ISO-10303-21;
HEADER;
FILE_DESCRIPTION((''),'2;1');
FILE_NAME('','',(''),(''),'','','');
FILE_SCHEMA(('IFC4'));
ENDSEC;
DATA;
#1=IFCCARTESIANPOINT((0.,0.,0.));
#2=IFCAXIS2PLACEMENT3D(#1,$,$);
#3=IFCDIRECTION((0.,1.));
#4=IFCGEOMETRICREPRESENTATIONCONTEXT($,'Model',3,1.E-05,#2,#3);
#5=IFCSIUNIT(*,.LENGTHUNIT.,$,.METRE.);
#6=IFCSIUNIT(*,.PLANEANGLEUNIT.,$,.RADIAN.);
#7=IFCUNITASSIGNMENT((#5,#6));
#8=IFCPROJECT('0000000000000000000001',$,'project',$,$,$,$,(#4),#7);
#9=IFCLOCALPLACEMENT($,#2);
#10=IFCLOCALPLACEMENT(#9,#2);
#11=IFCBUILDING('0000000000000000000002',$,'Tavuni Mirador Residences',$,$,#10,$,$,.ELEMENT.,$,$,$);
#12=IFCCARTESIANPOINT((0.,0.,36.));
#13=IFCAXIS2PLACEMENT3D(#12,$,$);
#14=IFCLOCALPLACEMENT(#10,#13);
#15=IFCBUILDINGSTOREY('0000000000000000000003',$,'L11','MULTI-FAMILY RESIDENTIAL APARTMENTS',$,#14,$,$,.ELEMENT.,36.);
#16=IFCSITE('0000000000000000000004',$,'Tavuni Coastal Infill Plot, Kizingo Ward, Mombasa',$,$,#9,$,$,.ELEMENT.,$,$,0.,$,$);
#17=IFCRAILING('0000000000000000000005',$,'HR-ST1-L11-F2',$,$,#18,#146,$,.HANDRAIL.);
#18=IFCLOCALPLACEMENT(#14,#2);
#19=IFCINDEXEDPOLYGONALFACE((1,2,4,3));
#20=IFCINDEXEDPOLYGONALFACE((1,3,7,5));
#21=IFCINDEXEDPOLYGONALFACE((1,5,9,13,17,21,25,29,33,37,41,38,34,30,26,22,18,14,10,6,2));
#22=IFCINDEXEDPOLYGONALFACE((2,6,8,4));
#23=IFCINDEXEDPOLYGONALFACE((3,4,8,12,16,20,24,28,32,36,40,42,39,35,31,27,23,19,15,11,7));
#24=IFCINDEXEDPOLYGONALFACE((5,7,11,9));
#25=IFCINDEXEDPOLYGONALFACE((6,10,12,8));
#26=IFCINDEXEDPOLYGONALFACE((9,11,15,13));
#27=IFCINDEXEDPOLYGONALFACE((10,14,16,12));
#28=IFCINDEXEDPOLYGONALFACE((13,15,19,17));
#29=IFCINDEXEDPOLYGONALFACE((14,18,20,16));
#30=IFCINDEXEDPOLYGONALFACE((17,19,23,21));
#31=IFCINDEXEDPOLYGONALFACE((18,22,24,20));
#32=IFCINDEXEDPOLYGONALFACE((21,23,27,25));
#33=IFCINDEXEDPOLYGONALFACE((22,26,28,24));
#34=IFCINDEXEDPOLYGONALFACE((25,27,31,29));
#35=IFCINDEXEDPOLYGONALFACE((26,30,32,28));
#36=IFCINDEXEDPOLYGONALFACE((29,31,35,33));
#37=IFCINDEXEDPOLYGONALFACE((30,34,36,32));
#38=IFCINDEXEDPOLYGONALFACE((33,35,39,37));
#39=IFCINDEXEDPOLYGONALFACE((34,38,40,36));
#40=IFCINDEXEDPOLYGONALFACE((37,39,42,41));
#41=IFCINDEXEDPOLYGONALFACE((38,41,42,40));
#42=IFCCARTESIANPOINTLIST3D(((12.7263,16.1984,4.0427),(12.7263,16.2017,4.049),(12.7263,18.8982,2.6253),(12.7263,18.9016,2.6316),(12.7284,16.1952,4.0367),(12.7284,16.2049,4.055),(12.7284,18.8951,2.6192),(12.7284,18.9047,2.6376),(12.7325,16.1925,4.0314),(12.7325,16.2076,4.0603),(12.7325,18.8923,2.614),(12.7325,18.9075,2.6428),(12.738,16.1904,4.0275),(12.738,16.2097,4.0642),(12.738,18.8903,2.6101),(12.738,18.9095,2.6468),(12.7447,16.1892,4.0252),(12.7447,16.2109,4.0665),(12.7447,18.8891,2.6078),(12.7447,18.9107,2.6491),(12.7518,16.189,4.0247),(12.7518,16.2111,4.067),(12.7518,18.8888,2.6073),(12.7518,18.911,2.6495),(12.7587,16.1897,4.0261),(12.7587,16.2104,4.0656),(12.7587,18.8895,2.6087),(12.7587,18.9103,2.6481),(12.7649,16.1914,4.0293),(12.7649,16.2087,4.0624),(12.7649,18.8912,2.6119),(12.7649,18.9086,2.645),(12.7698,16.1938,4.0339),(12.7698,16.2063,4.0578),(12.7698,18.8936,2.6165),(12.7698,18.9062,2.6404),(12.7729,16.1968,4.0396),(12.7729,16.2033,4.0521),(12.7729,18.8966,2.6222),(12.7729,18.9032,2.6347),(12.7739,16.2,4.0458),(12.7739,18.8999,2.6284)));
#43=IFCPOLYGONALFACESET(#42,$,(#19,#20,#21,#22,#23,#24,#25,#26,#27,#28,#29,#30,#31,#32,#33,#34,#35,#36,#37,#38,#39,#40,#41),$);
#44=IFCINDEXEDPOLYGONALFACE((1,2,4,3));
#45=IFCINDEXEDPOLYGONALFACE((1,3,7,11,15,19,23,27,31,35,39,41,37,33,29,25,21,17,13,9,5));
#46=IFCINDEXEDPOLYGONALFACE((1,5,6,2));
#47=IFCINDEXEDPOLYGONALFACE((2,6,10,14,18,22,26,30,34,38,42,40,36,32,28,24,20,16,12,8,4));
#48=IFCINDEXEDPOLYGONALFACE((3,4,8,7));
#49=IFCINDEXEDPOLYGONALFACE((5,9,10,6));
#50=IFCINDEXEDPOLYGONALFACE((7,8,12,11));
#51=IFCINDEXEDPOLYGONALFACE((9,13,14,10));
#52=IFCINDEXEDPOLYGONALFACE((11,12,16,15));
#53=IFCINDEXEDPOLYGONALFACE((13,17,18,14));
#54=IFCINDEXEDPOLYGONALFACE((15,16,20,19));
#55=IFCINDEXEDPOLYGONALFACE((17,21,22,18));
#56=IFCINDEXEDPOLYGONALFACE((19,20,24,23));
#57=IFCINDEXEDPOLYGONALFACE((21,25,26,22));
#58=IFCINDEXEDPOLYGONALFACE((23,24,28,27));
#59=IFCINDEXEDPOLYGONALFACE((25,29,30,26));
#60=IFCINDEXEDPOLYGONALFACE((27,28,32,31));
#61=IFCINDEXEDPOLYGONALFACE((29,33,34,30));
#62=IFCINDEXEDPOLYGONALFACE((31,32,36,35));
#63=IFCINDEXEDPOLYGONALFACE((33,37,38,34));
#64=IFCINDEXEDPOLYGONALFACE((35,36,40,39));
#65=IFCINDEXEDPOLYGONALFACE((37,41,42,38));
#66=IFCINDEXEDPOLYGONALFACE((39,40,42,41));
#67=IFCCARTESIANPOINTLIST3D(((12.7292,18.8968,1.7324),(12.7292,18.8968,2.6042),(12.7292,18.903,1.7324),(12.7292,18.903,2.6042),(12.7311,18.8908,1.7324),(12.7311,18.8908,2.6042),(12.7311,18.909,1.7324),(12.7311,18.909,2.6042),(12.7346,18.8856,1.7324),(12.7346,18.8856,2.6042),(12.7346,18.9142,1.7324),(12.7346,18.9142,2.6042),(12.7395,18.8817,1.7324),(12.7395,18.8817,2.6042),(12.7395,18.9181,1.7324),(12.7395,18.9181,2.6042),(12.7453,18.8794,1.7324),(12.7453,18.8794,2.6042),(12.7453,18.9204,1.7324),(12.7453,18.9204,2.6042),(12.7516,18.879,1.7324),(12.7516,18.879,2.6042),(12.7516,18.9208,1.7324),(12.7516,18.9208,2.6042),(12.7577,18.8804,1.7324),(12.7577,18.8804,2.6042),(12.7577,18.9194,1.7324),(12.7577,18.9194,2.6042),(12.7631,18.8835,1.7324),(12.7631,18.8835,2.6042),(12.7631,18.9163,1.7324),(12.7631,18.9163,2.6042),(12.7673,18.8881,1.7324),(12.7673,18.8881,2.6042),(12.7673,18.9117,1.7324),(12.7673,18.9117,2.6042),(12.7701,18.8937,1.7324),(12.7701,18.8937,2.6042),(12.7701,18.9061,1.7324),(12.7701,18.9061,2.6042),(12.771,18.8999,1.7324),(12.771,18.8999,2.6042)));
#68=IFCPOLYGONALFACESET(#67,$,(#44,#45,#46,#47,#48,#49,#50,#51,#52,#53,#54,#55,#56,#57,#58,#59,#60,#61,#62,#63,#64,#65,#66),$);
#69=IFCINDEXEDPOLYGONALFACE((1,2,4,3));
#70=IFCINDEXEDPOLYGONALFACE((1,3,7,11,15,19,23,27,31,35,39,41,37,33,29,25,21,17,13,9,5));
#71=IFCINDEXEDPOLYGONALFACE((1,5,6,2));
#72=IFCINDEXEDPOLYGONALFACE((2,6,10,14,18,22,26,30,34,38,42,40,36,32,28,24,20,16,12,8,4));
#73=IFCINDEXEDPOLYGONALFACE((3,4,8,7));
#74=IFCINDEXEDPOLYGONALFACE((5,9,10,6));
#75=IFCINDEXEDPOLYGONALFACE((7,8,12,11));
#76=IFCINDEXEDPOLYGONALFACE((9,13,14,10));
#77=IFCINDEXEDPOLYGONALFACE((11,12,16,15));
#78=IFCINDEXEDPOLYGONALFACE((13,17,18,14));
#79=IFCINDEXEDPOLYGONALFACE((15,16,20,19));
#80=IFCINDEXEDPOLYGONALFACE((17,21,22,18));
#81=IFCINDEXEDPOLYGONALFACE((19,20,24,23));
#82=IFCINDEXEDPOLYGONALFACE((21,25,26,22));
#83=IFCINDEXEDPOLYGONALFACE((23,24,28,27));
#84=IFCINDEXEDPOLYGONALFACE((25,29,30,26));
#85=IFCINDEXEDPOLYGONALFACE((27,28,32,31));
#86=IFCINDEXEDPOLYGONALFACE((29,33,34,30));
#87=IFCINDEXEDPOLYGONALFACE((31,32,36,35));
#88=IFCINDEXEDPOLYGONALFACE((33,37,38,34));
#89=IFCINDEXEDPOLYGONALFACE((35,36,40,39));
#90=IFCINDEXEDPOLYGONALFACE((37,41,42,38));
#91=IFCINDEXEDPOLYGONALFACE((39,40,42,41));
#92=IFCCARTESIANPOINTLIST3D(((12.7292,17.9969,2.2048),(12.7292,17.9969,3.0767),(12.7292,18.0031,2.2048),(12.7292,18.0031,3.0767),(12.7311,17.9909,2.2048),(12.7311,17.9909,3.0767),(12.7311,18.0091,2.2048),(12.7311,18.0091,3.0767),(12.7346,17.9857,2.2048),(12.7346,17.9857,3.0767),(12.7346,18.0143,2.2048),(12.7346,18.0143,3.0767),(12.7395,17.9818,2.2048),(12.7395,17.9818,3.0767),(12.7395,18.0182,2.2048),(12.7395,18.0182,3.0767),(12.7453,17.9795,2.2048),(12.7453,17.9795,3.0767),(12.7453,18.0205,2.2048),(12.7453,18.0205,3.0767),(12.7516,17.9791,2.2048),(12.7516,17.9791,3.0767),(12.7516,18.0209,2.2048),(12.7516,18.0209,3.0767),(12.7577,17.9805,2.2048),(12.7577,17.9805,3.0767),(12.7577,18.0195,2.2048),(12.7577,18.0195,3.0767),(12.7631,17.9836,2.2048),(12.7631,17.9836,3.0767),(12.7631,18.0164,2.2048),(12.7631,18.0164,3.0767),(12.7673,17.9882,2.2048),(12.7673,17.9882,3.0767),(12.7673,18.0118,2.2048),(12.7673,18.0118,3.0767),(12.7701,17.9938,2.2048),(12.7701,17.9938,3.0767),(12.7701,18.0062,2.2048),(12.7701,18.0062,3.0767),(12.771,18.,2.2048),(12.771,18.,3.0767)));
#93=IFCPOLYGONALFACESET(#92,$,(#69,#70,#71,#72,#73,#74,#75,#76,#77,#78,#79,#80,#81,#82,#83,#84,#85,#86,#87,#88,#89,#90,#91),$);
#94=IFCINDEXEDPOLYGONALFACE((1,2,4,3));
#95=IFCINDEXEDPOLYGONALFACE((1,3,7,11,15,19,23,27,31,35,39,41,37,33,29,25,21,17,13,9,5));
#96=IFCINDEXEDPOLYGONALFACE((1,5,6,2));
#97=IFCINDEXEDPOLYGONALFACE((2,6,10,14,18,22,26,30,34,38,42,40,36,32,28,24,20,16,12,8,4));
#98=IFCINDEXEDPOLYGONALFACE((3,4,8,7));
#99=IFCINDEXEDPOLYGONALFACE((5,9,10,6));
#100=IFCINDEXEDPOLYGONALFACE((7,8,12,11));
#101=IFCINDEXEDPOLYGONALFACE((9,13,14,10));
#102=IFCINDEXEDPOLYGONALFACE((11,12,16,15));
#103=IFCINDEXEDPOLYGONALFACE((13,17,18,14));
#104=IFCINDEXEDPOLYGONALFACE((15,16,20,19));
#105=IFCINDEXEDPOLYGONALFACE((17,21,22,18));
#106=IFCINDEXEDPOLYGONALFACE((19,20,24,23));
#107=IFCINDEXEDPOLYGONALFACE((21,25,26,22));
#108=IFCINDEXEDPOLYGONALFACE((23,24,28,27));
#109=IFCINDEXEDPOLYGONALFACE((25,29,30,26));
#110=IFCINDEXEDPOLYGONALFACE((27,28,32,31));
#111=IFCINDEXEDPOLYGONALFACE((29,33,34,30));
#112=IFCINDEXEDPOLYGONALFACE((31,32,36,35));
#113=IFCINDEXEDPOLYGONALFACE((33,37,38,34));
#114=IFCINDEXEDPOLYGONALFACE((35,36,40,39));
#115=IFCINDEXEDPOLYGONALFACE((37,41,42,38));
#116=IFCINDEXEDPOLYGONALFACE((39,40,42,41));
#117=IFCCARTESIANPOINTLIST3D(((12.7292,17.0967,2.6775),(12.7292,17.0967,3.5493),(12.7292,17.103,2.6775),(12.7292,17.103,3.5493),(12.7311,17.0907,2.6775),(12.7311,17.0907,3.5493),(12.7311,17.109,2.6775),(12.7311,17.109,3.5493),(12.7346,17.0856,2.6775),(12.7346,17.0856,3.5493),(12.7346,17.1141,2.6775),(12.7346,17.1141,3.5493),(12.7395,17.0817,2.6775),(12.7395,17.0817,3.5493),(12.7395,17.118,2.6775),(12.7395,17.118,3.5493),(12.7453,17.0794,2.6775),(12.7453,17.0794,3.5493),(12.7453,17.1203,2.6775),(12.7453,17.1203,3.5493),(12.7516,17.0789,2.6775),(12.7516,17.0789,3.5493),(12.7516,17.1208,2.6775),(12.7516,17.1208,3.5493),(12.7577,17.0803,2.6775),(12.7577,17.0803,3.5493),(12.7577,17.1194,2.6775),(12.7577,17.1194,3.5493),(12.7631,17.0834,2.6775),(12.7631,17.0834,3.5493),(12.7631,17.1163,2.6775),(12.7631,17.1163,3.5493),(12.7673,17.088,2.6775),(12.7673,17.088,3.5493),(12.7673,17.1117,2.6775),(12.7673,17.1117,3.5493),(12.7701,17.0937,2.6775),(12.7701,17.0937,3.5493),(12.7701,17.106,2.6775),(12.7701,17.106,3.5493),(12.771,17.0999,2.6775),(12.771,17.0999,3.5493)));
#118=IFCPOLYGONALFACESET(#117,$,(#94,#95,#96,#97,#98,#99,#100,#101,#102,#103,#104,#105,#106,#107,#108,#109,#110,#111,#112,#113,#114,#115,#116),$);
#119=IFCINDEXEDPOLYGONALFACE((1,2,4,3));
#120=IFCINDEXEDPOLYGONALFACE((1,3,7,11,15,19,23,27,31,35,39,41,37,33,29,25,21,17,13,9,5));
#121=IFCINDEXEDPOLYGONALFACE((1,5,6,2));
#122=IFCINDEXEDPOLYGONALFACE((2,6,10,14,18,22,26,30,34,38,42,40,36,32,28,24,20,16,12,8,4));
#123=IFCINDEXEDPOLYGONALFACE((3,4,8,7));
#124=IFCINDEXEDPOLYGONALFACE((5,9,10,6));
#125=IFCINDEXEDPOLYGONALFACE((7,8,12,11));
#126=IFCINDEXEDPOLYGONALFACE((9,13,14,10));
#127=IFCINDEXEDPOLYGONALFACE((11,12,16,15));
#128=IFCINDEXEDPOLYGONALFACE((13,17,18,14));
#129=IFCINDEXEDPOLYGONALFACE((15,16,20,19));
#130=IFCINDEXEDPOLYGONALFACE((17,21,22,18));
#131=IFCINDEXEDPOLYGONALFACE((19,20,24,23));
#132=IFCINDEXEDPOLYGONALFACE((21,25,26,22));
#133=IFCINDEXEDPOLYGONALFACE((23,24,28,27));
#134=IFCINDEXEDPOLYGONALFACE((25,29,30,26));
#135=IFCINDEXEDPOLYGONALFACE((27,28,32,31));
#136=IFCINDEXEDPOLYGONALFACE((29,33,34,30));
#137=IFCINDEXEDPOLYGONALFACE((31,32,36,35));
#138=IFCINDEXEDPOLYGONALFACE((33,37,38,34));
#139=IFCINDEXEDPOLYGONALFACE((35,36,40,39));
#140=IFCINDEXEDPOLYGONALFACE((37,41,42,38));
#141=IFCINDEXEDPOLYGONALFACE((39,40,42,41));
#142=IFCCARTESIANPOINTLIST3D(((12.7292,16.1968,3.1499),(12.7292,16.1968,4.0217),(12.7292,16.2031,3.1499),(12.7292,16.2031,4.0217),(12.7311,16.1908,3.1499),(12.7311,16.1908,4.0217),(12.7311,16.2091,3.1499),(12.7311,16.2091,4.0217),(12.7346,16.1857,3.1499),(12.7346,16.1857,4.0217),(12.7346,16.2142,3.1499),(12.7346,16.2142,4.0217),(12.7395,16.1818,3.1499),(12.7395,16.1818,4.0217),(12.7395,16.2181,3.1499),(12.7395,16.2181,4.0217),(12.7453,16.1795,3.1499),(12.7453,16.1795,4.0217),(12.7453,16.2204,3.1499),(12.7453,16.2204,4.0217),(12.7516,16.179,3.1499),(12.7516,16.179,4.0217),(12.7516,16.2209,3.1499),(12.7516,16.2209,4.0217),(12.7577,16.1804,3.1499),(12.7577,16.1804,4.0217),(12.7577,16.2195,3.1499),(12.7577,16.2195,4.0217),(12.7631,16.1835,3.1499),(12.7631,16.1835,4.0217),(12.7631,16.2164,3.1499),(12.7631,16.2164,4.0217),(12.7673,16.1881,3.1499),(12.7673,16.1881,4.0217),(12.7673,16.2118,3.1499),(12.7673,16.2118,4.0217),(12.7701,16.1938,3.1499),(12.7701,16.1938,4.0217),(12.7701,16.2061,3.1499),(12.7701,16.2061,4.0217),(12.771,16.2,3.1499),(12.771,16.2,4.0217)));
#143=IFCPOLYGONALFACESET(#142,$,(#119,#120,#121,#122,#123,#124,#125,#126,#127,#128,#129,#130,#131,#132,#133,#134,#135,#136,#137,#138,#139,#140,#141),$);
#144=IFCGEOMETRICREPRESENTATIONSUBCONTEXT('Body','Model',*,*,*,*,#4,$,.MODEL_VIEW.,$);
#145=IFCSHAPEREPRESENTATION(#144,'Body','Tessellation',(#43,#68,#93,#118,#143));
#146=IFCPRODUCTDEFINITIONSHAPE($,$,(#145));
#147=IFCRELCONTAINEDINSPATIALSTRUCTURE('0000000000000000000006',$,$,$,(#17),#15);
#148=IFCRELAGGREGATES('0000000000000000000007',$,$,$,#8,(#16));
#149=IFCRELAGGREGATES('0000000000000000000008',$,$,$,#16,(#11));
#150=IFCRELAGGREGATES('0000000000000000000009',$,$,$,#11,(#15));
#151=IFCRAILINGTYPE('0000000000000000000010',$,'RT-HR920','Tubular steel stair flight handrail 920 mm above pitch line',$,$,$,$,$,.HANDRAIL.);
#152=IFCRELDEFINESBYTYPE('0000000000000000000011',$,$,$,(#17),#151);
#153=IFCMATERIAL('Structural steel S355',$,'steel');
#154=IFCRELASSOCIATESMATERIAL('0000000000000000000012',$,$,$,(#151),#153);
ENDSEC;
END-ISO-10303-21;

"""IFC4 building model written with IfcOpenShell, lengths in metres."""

from ifc_helpers import new_model, si_unit, direction, frame, origin, origin_2d, place, context, subcontext, project, spatial, circle, extrude, material, type_object, element, save


model = new_model("IFC4")

# Units and contexts
model_context = context("Model", 3, precision=1e-05, world=origin(), true_north=direction((0.0, 1.0)))
body_context = subcontext(model_context, "Body", "Model", "MODEL_VIEW")
ifc_project = project(units=[si_unit("LENGTHUNIT", "METRE"), si_unit("PLANEANGLEUNIT", "RADIAN")], contexts=[model_context])

# Site, building, storey
site_placement = place(None, origin())
site = spatial("IfcSite", under=ifc_project, at=site_placement, Name="Tavuni Coastal Infill Plot, Kizingo Ward, Mombasa", CompositionType="ELEMENT", RefElevation=0.0)
building_placement = place(site_placement, origin())
building = spatial("IfcBuilding", under=site, at=building_placement, Name="Tavuni Mirador Residences", CompositionType="ELEMENT")
storey_placement = place(building_placement, frame((0.0, 0.0, 36.0)))
storey = spatial("IfcBuildingStorey", under=building, at=storey_placement, Name="L11", Description="MULTI-FAMILY RESIDENTIAL APARTMENTS", CompositionType="ELEMENT", Elevation=36.0)

# Shared definitions
ifc_material_1 = material(Name="Structural steel S355", Category="steel")

# Railing
railing_type_1 = type_object("IfcRailingType", Name="RT-HR920", Description="Tubular steel stair flight handrail 920 mm above pitch line", PredefinedType="HANDRAIL", material=ifc_material_1)
railing_1_placement = place(storey_placement, frame((12.75, 18.8999, 1.7324)))
element("IfcRailing", 1, at=railing_1_placement, inside=storey, type_object=railing_type_1, Name="HR-ST1-L11-F2", PredefinedType="HANDRAIL", context=body_context, shape_type="SweptSolid", body=[
    extrude(circle(Radius=0.0239, at=origin_2d()), frame((0.0, 0.0, 0.896), z_axis=(0.0, -0.885397, 0.464835), x_axis=(1.0, 0.0, 0.0)), (0.0, 0.0, 1.0), 3.0493),
    extrude(circle(Radius=0.021, at=origin_2d()), origin(), (0.0, 0.0, 1.0), 0.8718),
    extrude(circle(Radius=0.021, at=origin_2d()), frame((0.0, -0.8999, 0.4724)), (0.0, 0.0, 1.0), 0.8718),
    extrude(circle(Radius=0.021, at=origin_2d()), frame((0.0, -1.8, 0.9451)), (0.0, 0.0, 1.0), 0.8718),
    extrude(circle(Radius=0.021, at=origin_2d()), frame((0.0, -2.7, 1.4175)), (0.0, 0.0, 1.0), 0.8718),
])

save(model, "model.ifc")
